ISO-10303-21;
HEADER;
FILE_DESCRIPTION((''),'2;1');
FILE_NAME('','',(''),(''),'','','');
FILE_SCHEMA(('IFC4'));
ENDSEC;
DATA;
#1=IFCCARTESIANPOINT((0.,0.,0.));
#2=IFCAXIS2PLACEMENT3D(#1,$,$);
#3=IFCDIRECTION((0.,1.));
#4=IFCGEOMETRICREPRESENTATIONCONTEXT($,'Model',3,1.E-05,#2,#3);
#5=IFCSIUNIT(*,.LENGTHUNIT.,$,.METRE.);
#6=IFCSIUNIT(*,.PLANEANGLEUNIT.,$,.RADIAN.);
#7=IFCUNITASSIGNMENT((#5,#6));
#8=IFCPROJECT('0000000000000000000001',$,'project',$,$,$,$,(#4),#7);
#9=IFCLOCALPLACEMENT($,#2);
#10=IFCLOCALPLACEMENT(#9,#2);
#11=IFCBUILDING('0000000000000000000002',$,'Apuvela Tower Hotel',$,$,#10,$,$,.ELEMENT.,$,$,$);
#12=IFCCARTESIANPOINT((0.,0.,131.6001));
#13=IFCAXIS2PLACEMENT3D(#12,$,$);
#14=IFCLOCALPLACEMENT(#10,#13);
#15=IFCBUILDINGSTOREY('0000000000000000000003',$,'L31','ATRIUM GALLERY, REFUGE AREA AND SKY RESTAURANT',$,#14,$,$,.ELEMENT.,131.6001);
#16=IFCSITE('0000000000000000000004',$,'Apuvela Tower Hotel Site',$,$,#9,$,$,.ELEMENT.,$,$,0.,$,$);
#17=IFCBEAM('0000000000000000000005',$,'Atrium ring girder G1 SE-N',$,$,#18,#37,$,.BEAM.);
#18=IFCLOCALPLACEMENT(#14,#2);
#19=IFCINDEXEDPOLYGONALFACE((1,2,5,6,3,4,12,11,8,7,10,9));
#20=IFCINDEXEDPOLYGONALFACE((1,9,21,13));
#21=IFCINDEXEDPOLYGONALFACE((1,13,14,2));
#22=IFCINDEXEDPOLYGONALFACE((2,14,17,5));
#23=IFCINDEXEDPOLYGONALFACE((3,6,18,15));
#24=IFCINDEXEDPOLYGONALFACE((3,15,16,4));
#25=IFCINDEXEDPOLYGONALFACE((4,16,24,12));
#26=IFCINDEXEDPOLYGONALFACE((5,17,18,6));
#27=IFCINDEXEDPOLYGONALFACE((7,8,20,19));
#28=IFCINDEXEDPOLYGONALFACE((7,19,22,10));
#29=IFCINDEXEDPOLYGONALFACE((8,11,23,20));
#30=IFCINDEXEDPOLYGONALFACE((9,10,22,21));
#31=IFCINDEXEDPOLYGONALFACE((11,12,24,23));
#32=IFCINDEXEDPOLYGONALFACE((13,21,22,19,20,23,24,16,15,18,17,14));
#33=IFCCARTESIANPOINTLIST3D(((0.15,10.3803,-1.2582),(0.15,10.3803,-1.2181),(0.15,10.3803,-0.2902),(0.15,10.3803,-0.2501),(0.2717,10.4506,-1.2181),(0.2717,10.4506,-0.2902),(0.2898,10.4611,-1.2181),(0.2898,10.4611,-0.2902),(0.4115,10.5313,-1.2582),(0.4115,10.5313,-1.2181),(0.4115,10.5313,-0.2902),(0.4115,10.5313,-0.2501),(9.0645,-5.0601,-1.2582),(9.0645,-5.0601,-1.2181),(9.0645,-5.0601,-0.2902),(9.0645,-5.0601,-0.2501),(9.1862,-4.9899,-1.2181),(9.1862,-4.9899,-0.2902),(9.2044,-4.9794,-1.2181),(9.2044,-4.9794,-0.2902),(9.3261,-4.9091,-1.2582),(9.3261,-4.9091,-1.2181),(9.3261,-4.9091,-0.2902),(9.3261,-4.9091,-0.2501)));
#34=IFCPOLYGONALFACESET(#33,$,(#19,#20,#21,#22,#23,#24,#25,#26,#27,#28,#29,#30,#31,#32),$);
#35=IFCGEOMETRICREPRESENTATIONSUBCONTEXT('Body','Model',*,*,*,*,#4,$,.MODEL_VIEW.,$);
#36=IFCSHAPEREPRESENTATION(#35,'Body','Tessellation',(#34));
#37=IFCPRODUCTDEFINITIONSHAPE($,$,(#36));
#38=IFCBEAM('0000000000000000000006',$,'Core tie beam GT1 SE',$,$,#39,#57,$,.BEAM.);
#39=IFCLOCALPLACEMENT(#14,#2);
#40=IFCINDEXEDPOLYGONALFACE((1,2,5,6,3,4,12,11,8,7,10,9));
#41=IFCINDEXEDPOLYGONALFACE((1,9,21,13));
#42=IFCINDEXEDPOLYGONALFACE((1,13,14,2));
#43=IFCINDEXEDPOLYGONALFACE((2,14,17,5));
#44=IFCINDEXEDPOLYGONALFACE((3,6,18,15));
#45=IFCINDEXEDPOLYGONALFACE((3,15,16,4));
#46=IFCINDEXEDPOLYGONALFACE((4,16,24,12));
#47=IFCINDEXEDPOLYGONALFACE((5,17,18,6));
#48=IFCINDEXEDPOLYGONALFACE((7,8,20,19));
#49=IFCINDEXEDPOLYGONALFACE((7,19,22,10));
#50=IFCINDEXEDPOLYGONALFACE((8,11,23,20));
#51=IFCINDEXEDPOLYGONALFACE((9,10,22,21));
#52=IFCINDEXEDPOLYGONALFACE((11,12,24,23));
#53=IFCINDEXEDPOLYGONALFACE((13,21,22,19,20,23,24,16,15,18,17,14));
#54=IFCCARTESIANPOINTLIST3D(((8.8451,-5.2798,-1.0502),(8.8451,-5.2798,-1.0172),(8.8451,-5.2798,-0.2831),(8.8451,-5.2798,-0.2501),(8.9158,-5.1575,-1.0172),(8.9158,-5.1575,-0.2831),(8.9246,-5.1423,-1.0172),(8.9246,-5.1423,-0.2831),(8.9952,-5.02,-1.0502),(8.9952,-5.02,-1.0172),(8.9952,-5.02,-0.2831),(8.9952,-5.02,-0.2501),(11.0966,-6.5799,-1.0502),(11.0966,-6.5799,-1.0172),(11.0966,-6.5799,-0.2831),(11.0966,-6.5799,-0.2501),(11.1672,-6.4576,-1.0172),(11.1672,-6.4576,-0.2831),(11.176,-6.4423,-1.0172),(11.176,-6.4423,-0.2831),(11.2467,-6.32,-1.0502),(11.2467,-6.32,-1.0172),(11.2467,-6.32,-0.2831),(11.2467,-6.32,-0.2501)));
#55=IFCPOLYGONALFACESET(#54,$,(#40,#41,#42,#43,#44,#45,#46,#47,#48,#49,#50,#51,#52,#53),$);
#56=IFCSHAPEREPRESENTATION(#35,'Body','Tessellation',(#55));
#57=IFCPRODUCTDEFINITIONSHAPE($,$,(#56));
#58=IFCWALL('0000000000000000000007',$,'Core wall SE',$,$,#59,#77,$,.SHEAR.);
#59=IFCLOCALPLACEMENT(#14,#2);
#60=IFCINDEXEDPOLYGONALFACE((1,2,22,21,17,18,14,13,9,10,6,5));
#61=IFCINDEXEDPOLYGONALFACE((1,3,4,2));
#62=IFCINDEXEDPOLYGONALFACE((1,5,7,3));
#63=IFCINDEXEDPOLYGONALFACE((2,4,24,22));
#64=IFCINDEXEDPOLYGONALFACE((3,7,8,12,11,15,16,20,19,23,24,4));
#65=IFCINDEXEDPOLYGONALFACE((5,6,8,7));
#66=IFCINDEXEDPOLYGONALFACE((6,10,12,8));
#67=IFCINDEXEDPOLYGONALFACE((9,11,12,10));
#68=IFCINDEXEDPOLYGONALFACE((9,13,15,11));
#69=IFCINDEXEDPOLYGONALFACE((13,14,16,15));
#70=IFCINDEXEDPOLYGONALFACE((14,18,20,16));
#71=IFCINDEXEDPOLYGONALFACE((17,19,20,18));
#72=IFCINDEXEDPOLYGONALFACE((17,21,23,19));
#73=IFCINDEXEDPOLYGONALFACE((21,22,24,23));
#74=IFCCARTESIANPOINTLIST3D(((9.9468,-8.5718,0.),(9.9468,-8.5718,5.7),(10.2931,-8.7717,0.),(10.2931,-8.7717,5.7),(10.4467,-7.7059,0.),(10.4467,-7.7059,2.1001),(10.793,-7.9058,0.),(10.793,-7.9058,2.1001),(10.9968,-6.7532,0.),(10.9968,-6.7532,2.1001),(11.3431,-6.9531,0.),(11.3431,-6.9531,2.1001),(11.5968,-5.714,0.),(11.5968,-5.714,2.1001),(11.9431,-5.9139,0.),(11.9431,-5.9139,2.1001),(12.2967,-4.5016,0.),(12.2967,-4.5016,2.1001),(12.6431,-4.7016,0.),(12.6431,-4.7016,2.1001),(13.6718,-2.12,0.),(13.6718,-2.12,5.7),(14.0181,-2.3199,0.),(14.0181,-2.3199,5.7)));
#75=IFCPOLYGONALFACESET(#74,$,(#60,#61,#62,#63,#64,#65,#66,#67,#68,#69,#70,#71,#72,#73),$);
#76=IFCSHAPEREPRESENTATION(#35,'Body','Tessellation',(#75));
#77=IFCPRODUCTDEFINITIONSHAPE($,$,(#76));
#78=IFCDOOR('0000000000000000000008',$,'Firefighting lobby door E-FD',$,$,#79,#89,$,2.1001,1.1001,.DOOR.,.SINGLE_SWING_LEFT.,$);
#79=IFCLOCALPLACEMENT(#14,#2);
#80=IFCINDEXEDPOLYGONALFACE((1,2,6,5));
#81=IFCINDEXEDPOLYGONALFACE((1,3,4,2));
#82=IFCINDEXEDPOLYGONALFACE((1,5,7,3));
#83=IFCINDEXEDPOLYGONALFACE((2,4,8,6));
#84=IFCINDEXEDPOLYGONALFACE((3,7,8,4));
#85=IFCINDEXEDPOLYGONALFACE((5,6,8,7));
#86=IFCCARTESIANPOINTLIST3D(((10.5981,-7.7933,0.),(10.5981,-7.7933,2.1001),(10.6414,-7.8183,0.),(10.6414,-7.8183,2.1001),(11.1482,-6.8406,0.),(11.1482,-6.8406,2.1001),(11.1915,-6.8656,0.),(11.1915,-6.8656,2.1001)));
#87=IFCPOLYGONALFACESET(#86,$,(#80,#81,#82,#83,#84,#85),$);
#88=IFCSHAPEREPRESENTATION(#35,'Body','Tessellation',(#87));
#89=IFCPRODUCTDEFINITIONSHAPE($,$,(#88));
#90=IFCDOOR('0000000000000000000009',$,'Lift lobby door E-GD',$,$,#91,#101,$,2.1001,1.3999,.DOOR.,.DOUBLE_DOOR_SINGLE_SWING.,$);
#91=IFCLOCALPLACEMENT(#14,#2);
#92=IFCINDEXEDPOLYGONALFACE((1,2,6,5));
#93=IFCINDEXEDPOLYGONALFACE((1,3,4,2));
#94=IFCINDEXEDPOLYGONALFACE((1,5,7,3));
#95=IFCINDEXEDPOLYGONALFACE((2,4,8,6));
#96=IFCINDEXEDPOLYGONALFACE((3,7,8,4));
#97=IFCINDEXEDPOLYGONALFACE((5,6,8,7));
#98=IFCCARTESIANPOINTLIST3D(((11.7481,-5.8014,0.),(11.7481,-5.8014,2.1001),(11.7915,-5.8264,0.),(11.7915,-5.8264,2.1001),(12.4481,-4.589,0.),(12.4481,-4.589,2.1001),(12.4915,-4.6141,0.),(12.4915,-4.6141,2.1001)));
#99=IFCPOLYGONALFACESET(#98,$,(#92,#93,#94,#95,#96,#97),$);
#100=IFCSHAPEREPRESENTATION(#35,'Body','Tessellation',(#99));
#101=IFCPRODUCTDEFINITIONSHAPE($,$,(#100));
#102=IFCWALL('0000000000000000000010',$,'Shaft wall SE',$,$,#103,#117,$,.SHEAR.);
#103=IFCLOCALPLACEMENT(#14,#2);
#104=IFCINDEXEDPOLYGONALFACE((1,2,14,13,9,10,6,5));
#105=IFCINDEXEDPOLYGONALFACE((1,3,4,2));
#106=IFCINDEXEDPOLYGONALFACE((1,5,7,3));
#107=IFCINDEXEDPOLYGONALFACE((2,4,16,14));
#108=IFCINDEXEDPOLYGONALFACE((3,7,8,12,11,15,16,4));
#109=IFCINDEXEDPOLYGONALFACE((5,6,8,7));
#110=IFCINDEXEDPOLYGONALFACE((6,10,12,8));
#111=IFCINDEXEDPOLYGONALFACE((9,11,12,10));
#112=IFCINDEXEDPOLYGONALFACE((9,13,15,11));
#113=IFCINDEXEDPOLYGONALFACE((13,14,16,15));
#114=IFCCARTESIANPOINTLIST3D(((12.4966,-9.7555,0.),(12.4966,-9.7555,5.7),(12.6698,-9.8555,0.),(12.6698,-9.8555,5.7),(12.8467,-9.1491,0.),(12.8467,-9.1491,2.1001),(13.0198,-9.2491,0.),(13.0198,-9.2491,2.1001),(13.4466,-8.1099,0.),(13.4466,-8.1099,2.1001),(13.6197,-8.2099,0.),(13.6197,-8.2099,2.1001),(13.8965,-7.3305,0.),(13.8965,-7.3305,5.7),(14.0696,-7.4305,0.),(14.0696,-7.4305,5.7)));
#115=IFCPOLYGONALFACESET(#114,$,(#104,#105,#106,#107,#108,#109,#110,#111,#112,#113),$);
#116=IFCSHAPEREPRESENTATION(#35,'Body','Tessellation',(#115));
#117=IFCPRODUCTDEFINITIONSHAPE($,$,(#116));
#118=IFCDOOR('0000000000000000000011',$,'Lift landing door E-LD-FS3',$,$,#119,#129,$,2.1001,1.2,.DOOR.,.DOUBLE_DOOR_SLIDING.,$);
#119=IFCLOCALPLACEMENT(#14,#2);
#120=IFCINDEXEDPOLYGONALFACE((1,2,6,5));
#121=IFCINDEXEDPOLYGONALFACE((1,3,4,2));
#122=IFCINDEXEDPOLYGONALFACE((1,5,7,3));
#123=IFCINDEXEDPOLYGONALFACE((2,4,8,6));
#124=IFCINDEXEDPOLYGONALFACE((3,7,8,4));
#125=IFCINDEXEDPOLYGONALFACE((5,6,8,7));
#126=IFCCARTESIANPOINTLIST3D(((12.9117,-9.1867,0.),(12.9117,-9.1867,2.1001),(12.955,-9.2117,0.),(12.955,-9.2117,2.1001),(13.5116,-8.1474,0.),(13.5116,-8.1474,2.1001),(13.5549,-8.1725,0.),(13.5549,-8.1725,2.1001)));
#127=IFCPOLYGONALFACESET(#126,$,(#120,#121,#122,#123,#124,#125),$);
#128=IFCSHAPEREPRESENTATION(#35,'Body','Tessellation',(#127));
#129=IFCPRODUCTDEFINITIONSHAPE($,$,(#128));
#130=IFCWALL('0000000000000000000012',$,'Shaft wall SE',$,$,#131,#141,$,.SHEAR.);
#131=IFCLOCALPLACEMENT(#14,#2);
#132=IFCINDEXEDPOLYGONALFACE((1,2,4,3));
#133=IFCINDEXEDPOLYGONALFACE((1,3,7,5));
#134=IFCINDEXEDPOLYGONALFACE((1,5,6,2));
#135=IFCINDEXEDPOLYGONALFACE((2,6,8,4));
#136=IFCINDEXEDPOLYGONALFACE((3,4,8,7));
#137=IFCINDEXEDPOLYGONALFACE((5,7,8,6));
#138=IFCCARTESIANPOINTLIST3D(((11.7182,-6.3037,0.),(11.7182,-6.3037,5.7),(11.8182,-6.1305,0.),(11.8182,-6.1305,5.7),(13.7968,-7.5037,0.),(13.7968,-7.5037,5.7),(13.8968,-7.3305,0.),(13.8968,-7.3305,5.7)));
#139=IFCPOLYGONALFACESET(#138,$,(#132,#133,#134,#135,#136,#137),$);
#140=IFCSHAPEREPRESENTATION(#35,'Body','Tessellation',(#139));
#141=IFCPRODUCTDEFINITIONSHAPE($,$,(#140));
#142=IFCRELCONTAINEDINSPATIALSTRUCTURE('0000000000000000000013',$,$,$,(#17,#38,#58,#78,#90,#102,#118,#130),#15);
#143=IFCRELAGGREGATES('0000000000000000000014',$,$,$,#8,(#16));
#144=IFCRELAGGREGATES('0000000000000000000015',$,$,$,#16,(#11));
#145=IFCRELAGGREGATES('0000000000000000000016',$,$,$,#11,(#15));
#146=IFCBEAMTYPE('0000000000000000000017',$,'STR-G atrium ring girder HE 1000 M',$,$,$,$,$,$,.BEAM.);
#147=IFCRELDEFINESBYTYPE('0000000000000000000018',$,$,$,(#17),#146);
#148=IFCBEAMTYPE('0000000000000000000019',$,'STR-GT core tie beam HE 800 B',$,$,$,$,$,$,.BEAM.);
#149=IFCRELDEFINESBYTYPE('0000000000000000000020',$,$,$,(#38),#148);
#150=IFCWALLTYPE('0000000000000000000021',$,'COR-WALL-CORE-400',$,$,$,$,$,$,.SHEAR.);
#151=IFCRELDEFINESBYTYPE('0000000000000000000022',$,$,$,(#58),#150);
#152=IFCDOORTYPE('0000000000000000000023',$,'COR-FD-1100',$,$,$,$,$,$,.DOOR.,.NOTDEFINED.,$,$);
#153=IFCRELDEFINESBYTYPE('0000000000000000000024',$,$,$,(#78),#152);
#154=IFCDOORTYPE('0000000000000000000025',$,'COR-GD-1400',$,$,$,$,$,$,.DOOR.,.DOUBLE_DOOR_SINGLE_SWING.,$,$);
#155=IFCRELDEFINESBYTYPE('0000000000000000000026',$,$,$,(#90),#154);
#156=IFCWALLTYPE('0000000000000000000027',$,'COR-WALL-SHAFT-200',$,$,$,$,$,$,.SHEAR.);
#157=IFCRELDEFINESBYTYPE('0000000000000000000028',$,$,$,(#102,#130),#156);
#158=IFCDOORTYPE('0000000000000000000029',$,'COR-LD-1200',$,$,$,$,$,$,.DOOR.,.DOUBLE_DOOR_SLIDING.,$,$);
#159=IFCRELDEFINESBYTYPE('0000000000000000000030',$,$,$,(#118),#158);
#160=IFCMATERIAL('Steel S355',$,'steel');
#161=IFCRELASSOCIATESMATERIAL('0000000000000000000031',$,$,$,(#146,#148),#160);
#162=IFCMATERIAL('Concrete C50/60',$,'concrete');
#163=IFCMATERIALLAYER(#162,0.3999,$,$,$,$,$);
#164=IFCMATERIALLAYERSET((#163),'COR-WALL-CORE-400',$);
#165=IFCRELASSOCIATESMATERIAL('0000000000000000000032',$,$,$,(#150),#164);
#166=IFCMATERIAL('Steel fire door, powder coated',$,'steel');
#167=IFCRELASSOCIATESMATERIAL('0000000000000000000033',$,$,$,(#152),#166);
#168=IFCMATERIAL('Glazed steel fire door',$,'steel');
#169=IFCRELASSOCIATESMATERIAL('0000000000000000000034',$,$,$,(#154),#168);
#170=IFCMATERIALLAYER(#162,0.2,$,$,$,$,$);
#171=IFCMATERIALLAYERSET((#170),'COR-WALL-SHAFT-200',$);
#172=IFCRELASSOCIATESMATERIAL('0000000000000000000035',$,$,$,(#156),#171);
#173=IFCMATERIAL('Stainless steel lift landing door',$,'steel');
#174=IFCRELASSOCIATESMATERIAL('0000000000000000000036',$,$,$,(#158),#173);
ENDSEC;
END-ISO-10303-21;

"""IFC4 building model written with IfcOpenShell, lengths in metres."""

from ifc_helpers import new_model, si_unit, direction, frame, frame_2d, origin, origin_2d, place, context, subcontext, project, spatial, rectangle, i_section, extrude, material, layer, layer_set, material_profile, profile_set, type_object, element, fill, save


model = new_model("IFC4")

# Units and contexts
model_context = context("Model", 3, precision=1e-05, world=origin(), true_north=direction((0.0, 1.0)))
body_context = subcontext(model_context, "Body", "Model", "MODEL_VIEW")
ifc_project = project(units=[si_unit("LENGTHUNIT", "METRE"), si_unit("PLANEANGLEUNIT", "RADIAN")], contexts=[model_context])

# Site, building, storey
site_placement = place(None, origin())
site = spatial("IfcSite", under=ifc_project, at=site_placement, Name="Apuvela Tower Hotel Site", CompositionType="ELEMENT", RefElevation=0.0)
building_placement = place(site_placement, origin())
building = spatial("IfcBuilding", under=site, at=building_placement, Name="Apuvela Tower Hotel", CompositionType="ELEMENT")
storey_placement = place(building_placement, frame((0.0, 0.0, 131.6001)))
storey = spatial("IfcBuildingStorey", under=building, at=storey_placement, Name="L31", Description="ATRIUM GALLERY, REFUGE AREA AND SKY RESTAURANT", CompositionType="ELEMENT", Elevation=131.6001)

# Beams
ifc_material_1 = material(Name="Steel S355", Category="steel")
ifc_material_profile_1 = material_profile(ifc_material_1, i_section(OverallWidth=0.302, OverallDepth=1.0081, WebThickness=0.021, FlangeThickness=0.04, at=origin_2d()), Name="HE 1000 M")
ifc_profile_set_1 = profile_set([ifc_material_profile_1], Name="Steel S355")
beam_type_1 = type_object("IfcBeamType", Name="STR-G atrium ring girder HE 1000 M", PredefinedType="BEAM", material=ifc_profile_set_1)
beam_1_placement = place(storey_placement, frame((9.1953, -4.9846, -0.7542), z_axis=(-0.500001, 0.866025, 0.0), x_axis=(-0.866025, -0.500001, 0.0)))
element("IfcBeam", 1, at=beam_1_placement, inside=storey, type_object=beam_type_1, Name="Atrium ring girder G1 SE-N", PredefinedType="BEAM", context=body_context, shape_type="SweptSolid", body=[
    extrude(i_section(OverallWidth=0.302, OverallDepth=1.0081, WebThickness=0.021, FlangeThickness=0.04, at=origin_2d()), origin(), (0.0, 0.0, 1.0), 17.8291),
])
ifc_material_profile_2 = material_profile(ifc_material_1, i_section(OverallWidth=0.3, OverallDepth=0.8, WebThickness=0.0176, FlangeThickness=0.033, at=origin_2d()), Name="HE 800 B")
ifc_profile_set_2 = profile_set([ifc_material_profile_2], Name="Steel S355")
beam_type_2 = type_object("IfcBeamType", Name="STR-GT core tie beam HE 800 B", PredefinedType="BEAM", material=ifc_profile_set_2)
beam_2_placement = place(storey_placement, frame((11.1716, -6.45, -0.6501), z_axis=(-0.865998, 0.500048, 0.0), x_axis=(-0.500048, -0.865998, 0.0)))
element("IfcBeam", 2, at=beam_2_placement, inside=storey, type_object=beam_type_2, Name="Core tie beam GT1 SE", PredefinedType="BEAM", context=body_context, shape_type="SweptSolid", body=[
    extrude(i_section(OverallWidth=0.3, OverallDepth=0.8, WebThickness=0.0176, FlangeThickness=0.033, at=origin_2d()), origin(), (0.0, 0.0, 1.0), 2.5999),
])

# Wall, openings, doors
ifc_material_2 = material(Name="Concrete C50/60", Category="concrete")
ifc_layer_1 = layer(ifc_material_2, 0.3999)
ifc_layer_set_1 = layer_set([ifc_layer_1], Name="COR-WALL-CORE-400")
wall_type_1 = type_object("IfcWallType", Name="COR-WALL-CORE-400", PredefinedType="SHEAR", material=ifc_layer_set_1)
wall_1_placement = place(storey_placement, frame((10.1199, -8.6719, 0.0), z_axis=(0.0, 0.0, 1.0), x_axis=(0.500009, 0.86602, 0.0)))
wall_1 = element("IfcWall", 3, at=wall_1_placement, inside=storey, type_object=wall_type_1, Name="Core wall SE", PredefinedType="SHEAR", context=body_context, shape_type="SweptSolid", body=[
    extrude(rectangle(XDim=7.45, YDim=0.3999, at=frame_2d((3.7251, 0.0))), origin(), (0.0, 0.0, 1.0), 5.7),
])
opening_1_placement = place(wall_1_placement, frame((1.0, 0.0, 0.0)))
opening_1 = element("IfcOpeningElement", 4, at=opening_1_placement, cuts=wall_1, PredefinedType="OPENING", context=body_context, shape_type="SweptSolid", body=[
    extrude(rectangle(XDim=1.1001, YDim=2.1001, at=frame_2d((0.55, 1.05))), frame((0.0, 0.21, 0.0), z_axis=(0.0, -1.0, 0.0), x_axis=(1.0, 0.0, 0.0)), (0.0, 0.0, 1.0), 0.4199),
])
opening_2_placement = place(wall_1_placement, frame((3.3, 0.0, 0.0)))
opening_2 = element("IfcOpeningElement", 5, at=opening_2_placement, cuts=wall_1, PredefinedType="OPENING", context=body_context, shape_type="SweptSolid", body=[
    extrude(rectangle(XDim=1.3999, YDim=2.1001, at=frame_2d((0.7, 1.05))), frame((0.0, 0.21, 0.0), z_axis=(0.0, -1.0, 0.0), x_axis=(1.0, 0.0, 0.0)), (0.0, 0.0, 1.0), 0.4199),
])
ifc_material_3 = material(Name="Steel fire door, powder coated", Category="steel")
door_type_1 = type_object("IfcDoorType", Name="COR-FD-1100", OperationType="NOTDEFINED", PredefinedType="DOOR", material=ifc_material_3)
door_1_placement = place(opening_1_placement, frame((1.1001, 0.0, 0.0), z_axis=(0.0, 0.0, 1.0), x_axis=(-1.0, 0.0, 0.0)))
door_1 = element("IfcDoor", 6, at=door_1_placement, inside=storey, type_object=door_type_1, Name="Firefighting lobby door E-FD", OperationType="SINGLE_SWING_LEFT", OverallHeight=2.1001, OverallWidth=1.1001, PredefinedType="DOOR", context=body_context, shape_type="SweptSolid", body=[
    extrude(rectangle(XDim=1.1001, YDim=2.1001, at=frame_2d((0.55, 1.05))), frame((0.0, 0.0249, 0.0), z_axis=(0.0, -1.0, 0.0), x_axis=(1.0, 0.0, 0.0)), (0.0, 0.0, 1.0), 0.05),
])
fill(opening_1, door_1)
ifc_material_4 = material(Name="Glazed steel fire door", Category="steel")
door_type_2 = type_object("IfcDoorType", Name="COR-GD-1400", OperationType="DOUBLE_DOOR_SINGLE_SWING", PredefinedType="DOOR", material=ifc_material_4)
door_2_placement = place(opening_2_placement, frame((1.3999, 0.0, 0.0), z_axis=(0.0, 0.0, 1.0), x_axis=(-1.0, 0.0, 0.0)))
door_2 = element("IfcDoor", 7, at=door_2_placement, inside=storey, type_object=door_type_2, Name="Lift lobby door E-GD", OperationType="DOUBLE_DOOR_SINGLE_SWING", OverallHeight=2.1001, OverallWidth=1.3999, PredefinedType="DOOR", context=body_context, shape_type="SweptSolid", body=[
    extrude(rectangle(XDim=1.3999, YDim=2.1001, at=frame_2d((0.7, 1.05))), frame((0.0, 0.0249, 0.0), z_axis=(0.0, -1.0, 0.0), x_axis=(1.0, 0.0, 0.0)), (0.0, 0.0, 1.0), 0.05),
])
fill(opening_2, door_2)

# Wall, opening, door
ifc_layer_2 = layer(ifc_material_2, 0.2)
ifc_layer_set_2 = layer_set([ifc_layer_2], Name="COR-WALL-SHAFT-200")
wall_type_2 = type_object("IfcWallType", Name="COR-WALL-SHAFT-200", PredefinedType="SHEAR", material=ifc_layer_set_2)
wall_2_placement = place(storey_placement, frame((12.5833, -9.8054, 0.0), z_axis=(0.0, 0.0, 1.0), x_axis=(0.499946, 0.866056, 0.0)))
wall_2 = element("IfcWall", 8, at=wall_2_placement, inside=storey, type_object=wall_type_2, Name="Shaft wall SE", PredefinedType="SHEAR", context=body_context, shape_type="SweptSolid", body=[
    extrude(rectangle(XDim=2.8, YDim=0.2, at=frame_2d((1.3999, 0.0))), origin(), (0.0, 0.0, 1.0), 5.7),
])
opening_3_placement = place(wall_2_placement, frame((0.7, 0.0, 0.0)))
opening_3 = element("IfcOpeningElement", 9, at=opening_3_placement, cuts=wall_2, PredefinedType="OPENING", context=body_context, shape_type="SweptSolid", body=[
    extrude(rectangle(XDim=1.2, YDim=2.1001, at=frame_2d((0.6001, 1.05))), frame((0.0, 0.1099, 0.0), z_axis=(0.0, -1.0, 0.0), x_axis=(1.0, 0.0, 0.0)), (0.0, 0.0, 1.0), 0.22),
])
ifc_material_5 = material(Name="Stainless steel lift landing door", Category="steel")
door_type_3 = type_object("IfcDoorType", Name="COR-LD-1200", OperationType="DOUBLE_DOOR_SLIDING", PredefinedType="DOOR", material=ifc_material_5)
door_3_placement = place(opening_3_placement, origin())
door_3 = element("IfcDoor", 10, at=door_3_placement, inside=storey, type_object=door_type_3, Name="Lift landing door E-LD-FS3", OperationType="DOUBLE_DOOR_SLIDING", OverallHeight=2.1001, OverallWidth=1.2, PredefinedType="DOOR", context=body_context, shape_type="SweptSolid", body=[
    extrude(rectangle(XDim=1.2, YDim=2.1001, at=frame_2d((0.6001, 1.05))), frame((0.0, 0.0249, 0.0), z_axis=(0.0, -1.0, 0.0), x_axis=(1.0, 0.0, 0.0)), (0.0, 0.0, 1.0), 0.05),
])
fill(opening_3, door_3)

# Wall
wall_3_placement = place(storey_placement, frame((11.7681, -6.217, 0.0), z_axis=(0.0, 0.0, 1.0), x_axis=(0.86605, -0.499957, 0.0)))
element("IfcWall", 11, at=wall_3_placement, inside=storey, type_object=wall_type_2, Name="Shaft wall SE", PredefinedType="SHEAR", context=body_context, shape_type="SweptSolid", body=[
    extrude(rectangle(XDim=2.4001, YDim=0.2, at=frame_2d((1.2002, 0.0))), origin(), (0.0, 0.0, 1.0), 5.7),
])

save(model, "model.ifc")
